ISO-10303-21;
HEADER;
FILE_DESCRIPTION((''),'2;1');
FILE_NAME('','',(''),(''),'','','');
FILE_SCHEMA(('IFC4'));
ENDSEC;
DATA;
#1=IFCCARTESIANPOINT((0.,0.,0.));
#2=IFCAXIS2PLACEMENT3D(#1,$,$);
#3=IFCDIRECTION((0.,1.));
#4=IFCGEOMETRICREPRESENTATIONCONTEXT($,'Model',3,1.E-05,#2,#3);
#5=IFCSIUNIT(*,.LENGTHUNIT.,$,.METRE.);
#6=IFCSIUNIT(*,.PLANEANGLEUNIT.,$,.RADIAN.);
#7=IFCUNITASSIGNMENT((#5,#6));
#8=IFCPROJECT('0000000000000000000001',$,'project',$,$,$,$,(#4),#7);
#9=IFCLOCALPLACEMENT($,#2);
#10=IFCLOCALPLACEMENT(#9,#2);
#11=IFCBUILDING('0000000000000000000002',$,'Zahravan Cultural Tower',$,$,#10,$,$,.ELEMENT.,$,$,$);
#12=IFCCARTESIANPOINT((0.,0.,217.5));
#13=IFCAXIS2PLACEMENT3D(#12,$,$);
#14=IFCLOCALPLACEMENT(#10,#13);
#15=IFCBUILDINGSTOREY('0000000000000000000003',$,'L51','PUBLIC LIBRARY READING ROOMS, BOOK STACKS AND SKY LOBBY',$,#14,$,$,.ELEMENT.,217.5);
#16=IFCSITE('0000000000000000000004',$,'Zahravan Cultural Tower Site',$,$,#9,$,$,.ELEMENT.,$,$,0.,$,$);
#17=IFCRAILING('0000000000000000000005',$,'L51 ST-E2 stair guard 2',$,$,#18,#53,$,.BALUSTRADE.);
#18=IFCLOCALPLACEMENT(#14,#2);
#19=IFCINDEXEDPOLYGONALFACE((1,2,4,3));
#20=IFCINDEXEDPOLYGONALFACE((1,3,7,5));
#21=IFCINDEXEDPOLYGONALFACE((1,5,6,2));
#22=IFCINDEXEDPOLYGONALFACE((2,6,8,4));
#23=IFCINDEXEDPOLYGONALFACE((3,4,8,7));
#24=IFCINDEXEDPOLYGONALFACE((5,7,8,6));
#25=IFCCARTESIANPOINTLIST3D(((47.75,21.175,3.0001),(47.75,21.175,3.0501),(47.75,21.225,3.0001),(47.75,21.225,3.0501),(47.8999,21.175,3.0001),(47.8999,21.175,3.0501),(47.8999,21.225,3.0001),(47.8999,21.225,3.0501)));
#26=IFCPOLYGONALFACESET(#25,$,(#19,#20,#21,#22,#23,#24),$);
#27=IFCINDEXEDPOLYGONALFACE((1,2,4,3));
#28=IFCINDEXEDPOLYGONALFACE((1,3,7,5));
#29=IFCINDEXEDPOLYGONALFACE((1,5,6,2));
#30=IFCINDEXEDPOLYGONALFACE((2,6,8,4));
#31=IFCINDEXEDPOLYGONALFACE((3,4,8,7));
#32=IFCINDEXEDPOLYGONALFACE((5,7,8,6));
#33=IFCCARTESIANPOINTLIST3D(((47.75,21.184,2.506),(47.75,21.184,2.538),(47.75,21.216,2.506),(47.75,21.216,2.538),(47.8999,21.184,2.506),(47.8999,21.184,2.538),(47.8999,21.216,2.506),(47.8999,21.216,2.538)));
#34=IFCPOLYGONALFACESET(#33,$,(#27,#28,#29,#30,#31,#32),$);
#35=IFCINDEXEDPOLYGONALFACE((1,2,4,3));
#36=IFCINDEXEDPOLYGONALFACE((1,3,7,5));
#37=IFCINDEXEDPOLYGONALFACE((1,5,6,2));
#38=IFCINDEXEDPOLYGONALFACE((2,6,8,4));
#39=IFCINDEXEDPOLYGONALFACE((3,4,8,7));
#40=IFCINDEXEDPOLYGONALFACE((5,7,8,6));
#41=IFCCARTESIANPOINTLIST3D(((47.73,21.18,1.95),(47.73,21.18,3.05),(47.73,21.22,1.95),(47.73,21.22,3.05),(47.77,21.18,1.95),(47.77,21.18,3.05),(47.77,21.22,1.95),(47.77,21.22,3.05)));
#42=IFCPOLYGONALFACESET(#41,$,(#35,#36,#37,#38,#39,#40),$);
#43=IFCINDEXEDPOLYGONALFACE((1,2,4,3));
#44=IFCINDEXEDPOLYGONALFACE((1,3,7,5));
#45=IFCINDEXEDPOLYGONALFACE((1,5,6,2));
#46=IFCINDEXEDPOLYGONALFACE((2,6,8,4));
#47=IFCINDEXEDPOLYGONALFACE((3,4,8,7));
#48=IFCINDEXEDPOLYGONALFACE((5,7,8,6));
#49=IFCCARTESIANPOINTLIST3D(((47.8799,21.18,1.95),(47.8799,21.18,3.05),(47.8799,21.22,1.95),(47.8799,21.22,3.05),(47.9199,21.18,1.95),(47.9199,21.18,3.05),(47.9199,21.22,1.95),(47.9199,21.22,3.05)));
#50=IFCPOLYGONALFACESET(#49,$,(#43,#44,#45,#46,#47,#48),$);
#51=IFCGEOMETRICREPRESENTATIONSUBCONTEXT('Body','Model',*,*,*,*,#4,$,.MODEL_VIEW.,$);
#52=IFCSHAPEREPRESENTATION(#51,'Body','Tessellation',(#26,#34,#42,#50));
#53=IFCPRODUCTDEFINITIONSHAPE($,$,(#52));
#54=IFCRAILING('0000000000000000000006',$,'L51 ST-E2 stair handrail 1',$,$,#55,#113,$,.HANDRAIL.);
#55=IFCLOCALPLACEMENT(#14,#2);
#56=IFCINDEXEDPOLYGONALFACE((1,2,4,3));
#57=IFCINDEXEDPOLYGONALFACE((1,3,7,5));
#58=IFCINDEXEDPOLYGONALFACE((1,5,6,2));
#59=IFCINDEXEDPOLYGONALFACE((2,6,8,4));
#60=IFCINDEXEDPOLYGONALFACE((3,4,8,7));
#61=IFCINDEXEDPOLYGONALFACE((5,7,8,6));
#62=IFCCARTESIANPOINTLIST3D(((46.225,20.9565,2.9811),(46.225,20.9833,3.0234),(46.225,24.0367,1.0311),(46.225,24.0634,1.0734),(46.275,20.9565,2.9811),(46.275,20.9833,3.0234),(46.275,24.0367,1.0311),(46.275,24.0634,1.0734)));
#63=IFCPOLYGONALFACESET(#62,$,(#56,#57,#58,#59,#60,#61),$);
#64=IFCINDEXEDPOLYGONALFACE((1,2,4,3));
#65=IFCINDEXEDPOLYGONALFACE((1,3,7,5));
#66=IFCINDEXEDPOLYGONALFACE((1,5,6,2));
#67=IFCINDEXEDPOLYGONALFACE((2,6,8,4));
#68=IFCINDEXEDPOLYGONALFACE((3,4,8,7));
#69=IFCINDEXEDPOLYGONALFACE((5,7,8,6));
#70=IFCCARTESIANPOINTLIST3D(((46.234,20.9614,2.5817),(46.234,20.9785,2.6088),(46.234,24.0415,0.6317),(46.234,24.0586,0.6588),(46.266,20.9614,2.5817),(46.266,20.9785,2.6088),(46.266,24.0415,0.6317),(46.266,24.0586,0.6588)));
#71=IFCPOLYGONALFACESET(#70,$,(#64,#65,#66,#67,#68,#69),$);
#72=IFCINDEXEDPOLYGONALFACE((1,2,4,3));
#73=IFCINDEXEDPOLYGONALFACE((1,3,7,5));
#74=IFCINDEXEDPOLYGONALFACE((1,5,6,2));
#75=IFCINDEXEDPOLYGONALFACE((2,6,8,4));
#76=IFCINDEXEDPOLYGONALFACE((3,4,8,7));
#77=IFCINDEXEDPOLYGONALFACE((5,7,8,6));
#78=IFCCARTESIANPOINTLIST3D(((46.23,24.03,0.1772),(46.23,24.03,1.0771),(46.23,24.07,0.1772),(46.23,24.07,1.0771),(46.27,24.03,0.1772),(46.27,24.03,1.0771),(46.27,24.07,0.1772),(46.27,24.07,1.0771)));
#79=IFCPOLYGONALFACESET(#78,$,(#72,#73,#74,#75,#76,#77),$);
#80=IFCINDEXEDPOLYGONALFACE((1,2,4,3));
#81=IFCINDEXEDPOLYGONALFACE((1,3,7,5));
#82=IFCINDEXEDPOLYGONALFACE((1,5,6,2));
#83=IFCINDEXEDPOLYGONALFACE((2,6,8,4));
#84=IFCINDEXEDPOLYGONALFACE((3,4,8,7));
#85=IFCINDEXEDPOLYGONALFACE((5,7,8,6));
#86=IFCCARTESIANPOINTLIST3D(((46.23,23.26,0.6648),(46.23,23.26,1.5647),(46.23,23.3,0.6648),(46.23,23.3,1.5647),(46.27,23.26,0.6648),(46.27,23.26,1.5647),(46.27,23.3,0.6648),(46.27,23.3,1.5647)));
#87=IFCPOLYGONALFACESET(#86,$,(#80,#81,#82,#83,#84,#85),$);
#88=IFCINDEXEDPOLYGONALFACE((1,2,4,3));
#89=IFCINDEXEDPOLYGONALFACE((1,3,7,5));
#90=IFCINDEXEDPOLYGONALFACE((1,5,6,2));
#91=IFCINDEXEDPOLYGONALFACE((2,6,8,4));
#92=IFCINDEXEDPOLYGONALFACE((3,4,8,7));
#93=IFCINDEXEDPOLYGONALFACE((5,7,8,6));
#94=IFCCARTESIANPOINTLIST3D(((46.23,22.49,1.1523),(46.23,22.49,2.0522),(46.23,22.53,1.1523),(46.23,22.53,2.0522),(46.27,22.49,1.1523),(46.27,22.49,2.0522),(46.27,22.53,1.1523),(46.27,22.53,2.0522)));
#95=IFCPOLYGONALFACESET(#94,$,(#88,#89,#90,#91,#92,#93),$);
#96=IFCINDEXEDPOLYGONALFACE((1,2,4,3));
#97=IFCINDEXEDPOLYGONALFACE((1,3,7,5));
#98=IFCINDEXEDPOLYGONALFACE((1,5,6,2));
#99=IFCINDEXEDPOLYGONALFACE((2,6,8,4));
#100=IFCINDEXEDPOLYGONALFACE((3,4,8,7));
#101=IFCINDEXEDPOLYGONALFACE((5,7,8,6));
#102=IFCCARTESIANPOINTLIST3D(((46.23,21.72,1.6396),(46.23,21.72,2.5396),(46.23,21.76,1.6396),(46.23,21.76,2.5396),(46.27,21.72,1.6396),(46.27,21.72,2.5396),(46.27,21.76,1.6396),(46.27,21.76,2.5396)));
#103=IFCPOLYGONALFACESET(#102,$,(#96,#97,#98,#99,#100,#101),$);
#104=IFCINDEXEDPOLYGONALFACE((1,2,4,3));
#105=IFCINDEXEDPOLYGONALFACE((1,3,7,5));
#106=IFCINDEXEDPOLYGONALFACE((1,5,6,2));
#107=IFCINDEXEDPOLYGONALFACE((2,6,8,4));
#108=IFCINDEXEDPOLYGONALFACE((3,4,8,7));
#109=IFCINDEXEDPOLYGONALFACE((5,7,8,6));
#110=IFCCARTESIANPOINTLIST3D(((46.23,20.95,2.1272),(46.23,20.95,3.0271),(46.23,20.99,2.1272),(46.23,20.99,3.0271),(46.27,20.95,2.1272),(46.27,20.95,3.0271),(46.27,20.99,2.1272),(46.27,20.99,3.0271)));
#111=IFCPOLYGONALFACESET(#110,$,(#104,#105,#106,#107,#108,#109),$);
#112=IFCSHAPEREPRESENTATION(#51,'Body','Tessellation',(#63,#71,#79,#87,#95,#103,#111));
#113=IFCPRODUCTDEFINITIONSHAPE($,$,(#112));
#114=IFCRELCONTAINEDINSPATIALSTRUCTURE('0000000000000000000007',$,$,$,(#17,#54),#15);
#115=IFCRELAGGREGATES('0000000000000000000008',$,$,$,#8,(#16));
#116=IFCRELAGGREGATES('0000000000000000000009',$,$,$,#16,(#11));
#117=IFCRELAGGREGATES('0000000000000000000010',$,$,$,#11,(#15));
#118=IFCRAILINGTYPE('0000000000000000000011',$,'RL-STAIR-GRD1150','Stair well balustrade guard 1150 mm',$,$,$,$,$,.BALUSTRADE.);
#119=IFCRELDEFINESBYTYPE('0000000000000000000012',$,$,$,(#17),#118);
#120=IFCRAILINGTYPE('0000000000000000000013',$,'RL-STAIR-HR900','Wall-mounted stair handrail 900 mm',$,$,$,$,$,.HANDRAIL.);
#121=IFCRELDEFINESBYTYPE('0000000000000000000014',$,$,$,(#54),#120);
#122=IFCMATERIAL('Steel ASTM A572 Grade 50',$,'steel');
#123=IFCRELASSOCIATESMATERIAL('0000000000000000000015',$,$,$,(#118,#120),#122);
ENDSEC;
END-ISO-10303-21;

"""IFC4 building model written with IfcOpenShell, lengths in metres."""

from ifc_helpers import new_model, si_unit, direction, frame, origin, origin_2d, place, context, subcontext, project, spatial, rectangle, extrude, material, type_object, element, save


model = new_model("IFC4")

# Units and contexts
model_context = context("Model", 3, precision=1e-05, world=origin(), true_north=direction((0.0, 1.0)))
body_context = subcontext(model_context, "Body", "Model", "MODEL_VIEW")
ifc_project = project(units=[si_unit("LENGTHUNIT", "METRE"), si_unit("PLANEANGLEUNIT", "RADIAN")], contexts=[model_context])

# Site, building, storey
site_placement = place(None, origin())
site = spatial("IfcSite", under=ifc_project, at=site_placement, Name="Zahravan Cultural Tower Site", CompositionType="ELEMENT", RefElevation=0.0)
building_placement = place(site_placement, origin())
building = spatial("IfcBuilding", under=site, at=building_placement, Name="Zahravan Cultural Tower", CompositionType="ELEMENT")
storey_placement = place(building_placement, frame((0.0, 0.0, 217.5)))
storey = spatial("IfcBuildingStorey", under=building, at=storey_placement, Name="L51", Description="PUBLIC LIBRARY READING ROOMS, BOOK STACKS AND SKY LOBBY", CompositionType="ELEMENT", Elevation=217.5)

# Shared definitions
ifc_material_1 = material(Name="Steel ASTM A572 Grade 50", Category="steel")

# Railings
railing_type_1 = type_object("IfcRailingType", Name="RL-STAIR-GRD1150", Description="Stair well balustrade guard 1150 mm", PredefinedType="BALUSTRADE", material=ifc_material_1)
railing_1_placement = place(storey_placement, frame((47.75, 21.2, 1.95)))
element("IfcRailing", 1, at=railing_1_placement, inside=storey, type_object=railing_type_1, Name="L51 ST-E2 stair guard 2", PredefinedType="BALUSTRADE", context=body_context, shape_type="SweptSolid", body=[
    extrude(rectangle(XDim=0.05, YDim=0.05, at=origin_2d()), frame((0.0, 0.0, 1.0752), z_axis=(1.0, 0.0, 0.0), x_axis=(0.0, 1.0, 0.0)), (0.0, 0.0, 1.0), 0.1499),
    extrude(rectangle(XDim=0.032, YDim=0.032, at=origin_2d()), frame((0.0, 0.0, 0.572), z_axis=(1.0, 0.0, 0.0), x_axis=(0.0, 1.0, 0.0)), (0.0, 0.0, 1.0), 0.1499),
    extrude(rectangle(XDim=0.04, YDim=0.04, at=origin_2d()), origin(), (0.0, 0.0, 1.0), 1.1001),
    extrude(rectangle(XDim=0.04, YDim=0.04, at=origin_2d()), frame((0.1499, 0.0, 0.0)), (0.0, 0.0, 1.0), 1.1001),
])
railing_type_2 = type_object("IfcRailingType", Name="RL-STAIR-HR900", Description="Wall-mounted stair handrail 900 mm", PredefinedType="HANDRAIL", material=ifc_material_1)
railing_2_placement = place(storey_placement, frame((46.25, 24.05, 0.1772)))
element("IfcRailing", 2, at=railing_2_placement, inside=storey, type_object=railing_type_2, Name="L51 ST-E2 stair handrail 1", PredefinedType="HANDRAIL", context=body_context, shape_type="SweptSolid", body=[
    extrude(rectangle(XDim=0.05, YDim=0.05, at=origin_2d()), frame((0.0, 0.0, 0.875), z_axis=(0.0, -0.844914, 0.534902), x_axis=(1.0, 0.0, 0.0)), (0.0, 0.0, 1.0), 3.6455),
    extrude(rectangle(XDim=0.032, YDim=0.032, at=origin_2d()), frame((0.0, 0.0, 0.468), z_axis=(0.0, -0.844914, 0.534902), x_axis=(1.0, 0.0, 0.0)), (0.0, 0.0, 1.0), 3.6455),
    extrude(rectangle(XDim=0.04, YDim=0.04, at=origin_2d()), origin(), (0.0, 0.0, 1.0), 0.8999),
    extrude(rectangle(XDim=0.04, YDim=0.04, at=origin_2d()), frame((0.0, -0.77, 0.4875)), (0.0, 0.0, 1.0), 0.8999),
    extrude(rectangle(XDim=0.04, YDim=0.04, at=origin_2d()), frame((0.0, -1.54, 0.9751)), (0.0, 0.0, 1.0), 0.8999),
    extrude(rectangle(XDim=0.04, YDim=0.04, at=origin_2d()), frame((0.0, -2.3101, 1.4624)), (0.0, 0.0, 1.0), 0.8999),
    extrude(rectangle(XDim=0.04, YDim=0.04, at=origin_2d()), frame((0.0, -3.0801, 1.95)), (0.0, 0.0, 1.0), 0.8999),
])

save(model, "model.ifc")
